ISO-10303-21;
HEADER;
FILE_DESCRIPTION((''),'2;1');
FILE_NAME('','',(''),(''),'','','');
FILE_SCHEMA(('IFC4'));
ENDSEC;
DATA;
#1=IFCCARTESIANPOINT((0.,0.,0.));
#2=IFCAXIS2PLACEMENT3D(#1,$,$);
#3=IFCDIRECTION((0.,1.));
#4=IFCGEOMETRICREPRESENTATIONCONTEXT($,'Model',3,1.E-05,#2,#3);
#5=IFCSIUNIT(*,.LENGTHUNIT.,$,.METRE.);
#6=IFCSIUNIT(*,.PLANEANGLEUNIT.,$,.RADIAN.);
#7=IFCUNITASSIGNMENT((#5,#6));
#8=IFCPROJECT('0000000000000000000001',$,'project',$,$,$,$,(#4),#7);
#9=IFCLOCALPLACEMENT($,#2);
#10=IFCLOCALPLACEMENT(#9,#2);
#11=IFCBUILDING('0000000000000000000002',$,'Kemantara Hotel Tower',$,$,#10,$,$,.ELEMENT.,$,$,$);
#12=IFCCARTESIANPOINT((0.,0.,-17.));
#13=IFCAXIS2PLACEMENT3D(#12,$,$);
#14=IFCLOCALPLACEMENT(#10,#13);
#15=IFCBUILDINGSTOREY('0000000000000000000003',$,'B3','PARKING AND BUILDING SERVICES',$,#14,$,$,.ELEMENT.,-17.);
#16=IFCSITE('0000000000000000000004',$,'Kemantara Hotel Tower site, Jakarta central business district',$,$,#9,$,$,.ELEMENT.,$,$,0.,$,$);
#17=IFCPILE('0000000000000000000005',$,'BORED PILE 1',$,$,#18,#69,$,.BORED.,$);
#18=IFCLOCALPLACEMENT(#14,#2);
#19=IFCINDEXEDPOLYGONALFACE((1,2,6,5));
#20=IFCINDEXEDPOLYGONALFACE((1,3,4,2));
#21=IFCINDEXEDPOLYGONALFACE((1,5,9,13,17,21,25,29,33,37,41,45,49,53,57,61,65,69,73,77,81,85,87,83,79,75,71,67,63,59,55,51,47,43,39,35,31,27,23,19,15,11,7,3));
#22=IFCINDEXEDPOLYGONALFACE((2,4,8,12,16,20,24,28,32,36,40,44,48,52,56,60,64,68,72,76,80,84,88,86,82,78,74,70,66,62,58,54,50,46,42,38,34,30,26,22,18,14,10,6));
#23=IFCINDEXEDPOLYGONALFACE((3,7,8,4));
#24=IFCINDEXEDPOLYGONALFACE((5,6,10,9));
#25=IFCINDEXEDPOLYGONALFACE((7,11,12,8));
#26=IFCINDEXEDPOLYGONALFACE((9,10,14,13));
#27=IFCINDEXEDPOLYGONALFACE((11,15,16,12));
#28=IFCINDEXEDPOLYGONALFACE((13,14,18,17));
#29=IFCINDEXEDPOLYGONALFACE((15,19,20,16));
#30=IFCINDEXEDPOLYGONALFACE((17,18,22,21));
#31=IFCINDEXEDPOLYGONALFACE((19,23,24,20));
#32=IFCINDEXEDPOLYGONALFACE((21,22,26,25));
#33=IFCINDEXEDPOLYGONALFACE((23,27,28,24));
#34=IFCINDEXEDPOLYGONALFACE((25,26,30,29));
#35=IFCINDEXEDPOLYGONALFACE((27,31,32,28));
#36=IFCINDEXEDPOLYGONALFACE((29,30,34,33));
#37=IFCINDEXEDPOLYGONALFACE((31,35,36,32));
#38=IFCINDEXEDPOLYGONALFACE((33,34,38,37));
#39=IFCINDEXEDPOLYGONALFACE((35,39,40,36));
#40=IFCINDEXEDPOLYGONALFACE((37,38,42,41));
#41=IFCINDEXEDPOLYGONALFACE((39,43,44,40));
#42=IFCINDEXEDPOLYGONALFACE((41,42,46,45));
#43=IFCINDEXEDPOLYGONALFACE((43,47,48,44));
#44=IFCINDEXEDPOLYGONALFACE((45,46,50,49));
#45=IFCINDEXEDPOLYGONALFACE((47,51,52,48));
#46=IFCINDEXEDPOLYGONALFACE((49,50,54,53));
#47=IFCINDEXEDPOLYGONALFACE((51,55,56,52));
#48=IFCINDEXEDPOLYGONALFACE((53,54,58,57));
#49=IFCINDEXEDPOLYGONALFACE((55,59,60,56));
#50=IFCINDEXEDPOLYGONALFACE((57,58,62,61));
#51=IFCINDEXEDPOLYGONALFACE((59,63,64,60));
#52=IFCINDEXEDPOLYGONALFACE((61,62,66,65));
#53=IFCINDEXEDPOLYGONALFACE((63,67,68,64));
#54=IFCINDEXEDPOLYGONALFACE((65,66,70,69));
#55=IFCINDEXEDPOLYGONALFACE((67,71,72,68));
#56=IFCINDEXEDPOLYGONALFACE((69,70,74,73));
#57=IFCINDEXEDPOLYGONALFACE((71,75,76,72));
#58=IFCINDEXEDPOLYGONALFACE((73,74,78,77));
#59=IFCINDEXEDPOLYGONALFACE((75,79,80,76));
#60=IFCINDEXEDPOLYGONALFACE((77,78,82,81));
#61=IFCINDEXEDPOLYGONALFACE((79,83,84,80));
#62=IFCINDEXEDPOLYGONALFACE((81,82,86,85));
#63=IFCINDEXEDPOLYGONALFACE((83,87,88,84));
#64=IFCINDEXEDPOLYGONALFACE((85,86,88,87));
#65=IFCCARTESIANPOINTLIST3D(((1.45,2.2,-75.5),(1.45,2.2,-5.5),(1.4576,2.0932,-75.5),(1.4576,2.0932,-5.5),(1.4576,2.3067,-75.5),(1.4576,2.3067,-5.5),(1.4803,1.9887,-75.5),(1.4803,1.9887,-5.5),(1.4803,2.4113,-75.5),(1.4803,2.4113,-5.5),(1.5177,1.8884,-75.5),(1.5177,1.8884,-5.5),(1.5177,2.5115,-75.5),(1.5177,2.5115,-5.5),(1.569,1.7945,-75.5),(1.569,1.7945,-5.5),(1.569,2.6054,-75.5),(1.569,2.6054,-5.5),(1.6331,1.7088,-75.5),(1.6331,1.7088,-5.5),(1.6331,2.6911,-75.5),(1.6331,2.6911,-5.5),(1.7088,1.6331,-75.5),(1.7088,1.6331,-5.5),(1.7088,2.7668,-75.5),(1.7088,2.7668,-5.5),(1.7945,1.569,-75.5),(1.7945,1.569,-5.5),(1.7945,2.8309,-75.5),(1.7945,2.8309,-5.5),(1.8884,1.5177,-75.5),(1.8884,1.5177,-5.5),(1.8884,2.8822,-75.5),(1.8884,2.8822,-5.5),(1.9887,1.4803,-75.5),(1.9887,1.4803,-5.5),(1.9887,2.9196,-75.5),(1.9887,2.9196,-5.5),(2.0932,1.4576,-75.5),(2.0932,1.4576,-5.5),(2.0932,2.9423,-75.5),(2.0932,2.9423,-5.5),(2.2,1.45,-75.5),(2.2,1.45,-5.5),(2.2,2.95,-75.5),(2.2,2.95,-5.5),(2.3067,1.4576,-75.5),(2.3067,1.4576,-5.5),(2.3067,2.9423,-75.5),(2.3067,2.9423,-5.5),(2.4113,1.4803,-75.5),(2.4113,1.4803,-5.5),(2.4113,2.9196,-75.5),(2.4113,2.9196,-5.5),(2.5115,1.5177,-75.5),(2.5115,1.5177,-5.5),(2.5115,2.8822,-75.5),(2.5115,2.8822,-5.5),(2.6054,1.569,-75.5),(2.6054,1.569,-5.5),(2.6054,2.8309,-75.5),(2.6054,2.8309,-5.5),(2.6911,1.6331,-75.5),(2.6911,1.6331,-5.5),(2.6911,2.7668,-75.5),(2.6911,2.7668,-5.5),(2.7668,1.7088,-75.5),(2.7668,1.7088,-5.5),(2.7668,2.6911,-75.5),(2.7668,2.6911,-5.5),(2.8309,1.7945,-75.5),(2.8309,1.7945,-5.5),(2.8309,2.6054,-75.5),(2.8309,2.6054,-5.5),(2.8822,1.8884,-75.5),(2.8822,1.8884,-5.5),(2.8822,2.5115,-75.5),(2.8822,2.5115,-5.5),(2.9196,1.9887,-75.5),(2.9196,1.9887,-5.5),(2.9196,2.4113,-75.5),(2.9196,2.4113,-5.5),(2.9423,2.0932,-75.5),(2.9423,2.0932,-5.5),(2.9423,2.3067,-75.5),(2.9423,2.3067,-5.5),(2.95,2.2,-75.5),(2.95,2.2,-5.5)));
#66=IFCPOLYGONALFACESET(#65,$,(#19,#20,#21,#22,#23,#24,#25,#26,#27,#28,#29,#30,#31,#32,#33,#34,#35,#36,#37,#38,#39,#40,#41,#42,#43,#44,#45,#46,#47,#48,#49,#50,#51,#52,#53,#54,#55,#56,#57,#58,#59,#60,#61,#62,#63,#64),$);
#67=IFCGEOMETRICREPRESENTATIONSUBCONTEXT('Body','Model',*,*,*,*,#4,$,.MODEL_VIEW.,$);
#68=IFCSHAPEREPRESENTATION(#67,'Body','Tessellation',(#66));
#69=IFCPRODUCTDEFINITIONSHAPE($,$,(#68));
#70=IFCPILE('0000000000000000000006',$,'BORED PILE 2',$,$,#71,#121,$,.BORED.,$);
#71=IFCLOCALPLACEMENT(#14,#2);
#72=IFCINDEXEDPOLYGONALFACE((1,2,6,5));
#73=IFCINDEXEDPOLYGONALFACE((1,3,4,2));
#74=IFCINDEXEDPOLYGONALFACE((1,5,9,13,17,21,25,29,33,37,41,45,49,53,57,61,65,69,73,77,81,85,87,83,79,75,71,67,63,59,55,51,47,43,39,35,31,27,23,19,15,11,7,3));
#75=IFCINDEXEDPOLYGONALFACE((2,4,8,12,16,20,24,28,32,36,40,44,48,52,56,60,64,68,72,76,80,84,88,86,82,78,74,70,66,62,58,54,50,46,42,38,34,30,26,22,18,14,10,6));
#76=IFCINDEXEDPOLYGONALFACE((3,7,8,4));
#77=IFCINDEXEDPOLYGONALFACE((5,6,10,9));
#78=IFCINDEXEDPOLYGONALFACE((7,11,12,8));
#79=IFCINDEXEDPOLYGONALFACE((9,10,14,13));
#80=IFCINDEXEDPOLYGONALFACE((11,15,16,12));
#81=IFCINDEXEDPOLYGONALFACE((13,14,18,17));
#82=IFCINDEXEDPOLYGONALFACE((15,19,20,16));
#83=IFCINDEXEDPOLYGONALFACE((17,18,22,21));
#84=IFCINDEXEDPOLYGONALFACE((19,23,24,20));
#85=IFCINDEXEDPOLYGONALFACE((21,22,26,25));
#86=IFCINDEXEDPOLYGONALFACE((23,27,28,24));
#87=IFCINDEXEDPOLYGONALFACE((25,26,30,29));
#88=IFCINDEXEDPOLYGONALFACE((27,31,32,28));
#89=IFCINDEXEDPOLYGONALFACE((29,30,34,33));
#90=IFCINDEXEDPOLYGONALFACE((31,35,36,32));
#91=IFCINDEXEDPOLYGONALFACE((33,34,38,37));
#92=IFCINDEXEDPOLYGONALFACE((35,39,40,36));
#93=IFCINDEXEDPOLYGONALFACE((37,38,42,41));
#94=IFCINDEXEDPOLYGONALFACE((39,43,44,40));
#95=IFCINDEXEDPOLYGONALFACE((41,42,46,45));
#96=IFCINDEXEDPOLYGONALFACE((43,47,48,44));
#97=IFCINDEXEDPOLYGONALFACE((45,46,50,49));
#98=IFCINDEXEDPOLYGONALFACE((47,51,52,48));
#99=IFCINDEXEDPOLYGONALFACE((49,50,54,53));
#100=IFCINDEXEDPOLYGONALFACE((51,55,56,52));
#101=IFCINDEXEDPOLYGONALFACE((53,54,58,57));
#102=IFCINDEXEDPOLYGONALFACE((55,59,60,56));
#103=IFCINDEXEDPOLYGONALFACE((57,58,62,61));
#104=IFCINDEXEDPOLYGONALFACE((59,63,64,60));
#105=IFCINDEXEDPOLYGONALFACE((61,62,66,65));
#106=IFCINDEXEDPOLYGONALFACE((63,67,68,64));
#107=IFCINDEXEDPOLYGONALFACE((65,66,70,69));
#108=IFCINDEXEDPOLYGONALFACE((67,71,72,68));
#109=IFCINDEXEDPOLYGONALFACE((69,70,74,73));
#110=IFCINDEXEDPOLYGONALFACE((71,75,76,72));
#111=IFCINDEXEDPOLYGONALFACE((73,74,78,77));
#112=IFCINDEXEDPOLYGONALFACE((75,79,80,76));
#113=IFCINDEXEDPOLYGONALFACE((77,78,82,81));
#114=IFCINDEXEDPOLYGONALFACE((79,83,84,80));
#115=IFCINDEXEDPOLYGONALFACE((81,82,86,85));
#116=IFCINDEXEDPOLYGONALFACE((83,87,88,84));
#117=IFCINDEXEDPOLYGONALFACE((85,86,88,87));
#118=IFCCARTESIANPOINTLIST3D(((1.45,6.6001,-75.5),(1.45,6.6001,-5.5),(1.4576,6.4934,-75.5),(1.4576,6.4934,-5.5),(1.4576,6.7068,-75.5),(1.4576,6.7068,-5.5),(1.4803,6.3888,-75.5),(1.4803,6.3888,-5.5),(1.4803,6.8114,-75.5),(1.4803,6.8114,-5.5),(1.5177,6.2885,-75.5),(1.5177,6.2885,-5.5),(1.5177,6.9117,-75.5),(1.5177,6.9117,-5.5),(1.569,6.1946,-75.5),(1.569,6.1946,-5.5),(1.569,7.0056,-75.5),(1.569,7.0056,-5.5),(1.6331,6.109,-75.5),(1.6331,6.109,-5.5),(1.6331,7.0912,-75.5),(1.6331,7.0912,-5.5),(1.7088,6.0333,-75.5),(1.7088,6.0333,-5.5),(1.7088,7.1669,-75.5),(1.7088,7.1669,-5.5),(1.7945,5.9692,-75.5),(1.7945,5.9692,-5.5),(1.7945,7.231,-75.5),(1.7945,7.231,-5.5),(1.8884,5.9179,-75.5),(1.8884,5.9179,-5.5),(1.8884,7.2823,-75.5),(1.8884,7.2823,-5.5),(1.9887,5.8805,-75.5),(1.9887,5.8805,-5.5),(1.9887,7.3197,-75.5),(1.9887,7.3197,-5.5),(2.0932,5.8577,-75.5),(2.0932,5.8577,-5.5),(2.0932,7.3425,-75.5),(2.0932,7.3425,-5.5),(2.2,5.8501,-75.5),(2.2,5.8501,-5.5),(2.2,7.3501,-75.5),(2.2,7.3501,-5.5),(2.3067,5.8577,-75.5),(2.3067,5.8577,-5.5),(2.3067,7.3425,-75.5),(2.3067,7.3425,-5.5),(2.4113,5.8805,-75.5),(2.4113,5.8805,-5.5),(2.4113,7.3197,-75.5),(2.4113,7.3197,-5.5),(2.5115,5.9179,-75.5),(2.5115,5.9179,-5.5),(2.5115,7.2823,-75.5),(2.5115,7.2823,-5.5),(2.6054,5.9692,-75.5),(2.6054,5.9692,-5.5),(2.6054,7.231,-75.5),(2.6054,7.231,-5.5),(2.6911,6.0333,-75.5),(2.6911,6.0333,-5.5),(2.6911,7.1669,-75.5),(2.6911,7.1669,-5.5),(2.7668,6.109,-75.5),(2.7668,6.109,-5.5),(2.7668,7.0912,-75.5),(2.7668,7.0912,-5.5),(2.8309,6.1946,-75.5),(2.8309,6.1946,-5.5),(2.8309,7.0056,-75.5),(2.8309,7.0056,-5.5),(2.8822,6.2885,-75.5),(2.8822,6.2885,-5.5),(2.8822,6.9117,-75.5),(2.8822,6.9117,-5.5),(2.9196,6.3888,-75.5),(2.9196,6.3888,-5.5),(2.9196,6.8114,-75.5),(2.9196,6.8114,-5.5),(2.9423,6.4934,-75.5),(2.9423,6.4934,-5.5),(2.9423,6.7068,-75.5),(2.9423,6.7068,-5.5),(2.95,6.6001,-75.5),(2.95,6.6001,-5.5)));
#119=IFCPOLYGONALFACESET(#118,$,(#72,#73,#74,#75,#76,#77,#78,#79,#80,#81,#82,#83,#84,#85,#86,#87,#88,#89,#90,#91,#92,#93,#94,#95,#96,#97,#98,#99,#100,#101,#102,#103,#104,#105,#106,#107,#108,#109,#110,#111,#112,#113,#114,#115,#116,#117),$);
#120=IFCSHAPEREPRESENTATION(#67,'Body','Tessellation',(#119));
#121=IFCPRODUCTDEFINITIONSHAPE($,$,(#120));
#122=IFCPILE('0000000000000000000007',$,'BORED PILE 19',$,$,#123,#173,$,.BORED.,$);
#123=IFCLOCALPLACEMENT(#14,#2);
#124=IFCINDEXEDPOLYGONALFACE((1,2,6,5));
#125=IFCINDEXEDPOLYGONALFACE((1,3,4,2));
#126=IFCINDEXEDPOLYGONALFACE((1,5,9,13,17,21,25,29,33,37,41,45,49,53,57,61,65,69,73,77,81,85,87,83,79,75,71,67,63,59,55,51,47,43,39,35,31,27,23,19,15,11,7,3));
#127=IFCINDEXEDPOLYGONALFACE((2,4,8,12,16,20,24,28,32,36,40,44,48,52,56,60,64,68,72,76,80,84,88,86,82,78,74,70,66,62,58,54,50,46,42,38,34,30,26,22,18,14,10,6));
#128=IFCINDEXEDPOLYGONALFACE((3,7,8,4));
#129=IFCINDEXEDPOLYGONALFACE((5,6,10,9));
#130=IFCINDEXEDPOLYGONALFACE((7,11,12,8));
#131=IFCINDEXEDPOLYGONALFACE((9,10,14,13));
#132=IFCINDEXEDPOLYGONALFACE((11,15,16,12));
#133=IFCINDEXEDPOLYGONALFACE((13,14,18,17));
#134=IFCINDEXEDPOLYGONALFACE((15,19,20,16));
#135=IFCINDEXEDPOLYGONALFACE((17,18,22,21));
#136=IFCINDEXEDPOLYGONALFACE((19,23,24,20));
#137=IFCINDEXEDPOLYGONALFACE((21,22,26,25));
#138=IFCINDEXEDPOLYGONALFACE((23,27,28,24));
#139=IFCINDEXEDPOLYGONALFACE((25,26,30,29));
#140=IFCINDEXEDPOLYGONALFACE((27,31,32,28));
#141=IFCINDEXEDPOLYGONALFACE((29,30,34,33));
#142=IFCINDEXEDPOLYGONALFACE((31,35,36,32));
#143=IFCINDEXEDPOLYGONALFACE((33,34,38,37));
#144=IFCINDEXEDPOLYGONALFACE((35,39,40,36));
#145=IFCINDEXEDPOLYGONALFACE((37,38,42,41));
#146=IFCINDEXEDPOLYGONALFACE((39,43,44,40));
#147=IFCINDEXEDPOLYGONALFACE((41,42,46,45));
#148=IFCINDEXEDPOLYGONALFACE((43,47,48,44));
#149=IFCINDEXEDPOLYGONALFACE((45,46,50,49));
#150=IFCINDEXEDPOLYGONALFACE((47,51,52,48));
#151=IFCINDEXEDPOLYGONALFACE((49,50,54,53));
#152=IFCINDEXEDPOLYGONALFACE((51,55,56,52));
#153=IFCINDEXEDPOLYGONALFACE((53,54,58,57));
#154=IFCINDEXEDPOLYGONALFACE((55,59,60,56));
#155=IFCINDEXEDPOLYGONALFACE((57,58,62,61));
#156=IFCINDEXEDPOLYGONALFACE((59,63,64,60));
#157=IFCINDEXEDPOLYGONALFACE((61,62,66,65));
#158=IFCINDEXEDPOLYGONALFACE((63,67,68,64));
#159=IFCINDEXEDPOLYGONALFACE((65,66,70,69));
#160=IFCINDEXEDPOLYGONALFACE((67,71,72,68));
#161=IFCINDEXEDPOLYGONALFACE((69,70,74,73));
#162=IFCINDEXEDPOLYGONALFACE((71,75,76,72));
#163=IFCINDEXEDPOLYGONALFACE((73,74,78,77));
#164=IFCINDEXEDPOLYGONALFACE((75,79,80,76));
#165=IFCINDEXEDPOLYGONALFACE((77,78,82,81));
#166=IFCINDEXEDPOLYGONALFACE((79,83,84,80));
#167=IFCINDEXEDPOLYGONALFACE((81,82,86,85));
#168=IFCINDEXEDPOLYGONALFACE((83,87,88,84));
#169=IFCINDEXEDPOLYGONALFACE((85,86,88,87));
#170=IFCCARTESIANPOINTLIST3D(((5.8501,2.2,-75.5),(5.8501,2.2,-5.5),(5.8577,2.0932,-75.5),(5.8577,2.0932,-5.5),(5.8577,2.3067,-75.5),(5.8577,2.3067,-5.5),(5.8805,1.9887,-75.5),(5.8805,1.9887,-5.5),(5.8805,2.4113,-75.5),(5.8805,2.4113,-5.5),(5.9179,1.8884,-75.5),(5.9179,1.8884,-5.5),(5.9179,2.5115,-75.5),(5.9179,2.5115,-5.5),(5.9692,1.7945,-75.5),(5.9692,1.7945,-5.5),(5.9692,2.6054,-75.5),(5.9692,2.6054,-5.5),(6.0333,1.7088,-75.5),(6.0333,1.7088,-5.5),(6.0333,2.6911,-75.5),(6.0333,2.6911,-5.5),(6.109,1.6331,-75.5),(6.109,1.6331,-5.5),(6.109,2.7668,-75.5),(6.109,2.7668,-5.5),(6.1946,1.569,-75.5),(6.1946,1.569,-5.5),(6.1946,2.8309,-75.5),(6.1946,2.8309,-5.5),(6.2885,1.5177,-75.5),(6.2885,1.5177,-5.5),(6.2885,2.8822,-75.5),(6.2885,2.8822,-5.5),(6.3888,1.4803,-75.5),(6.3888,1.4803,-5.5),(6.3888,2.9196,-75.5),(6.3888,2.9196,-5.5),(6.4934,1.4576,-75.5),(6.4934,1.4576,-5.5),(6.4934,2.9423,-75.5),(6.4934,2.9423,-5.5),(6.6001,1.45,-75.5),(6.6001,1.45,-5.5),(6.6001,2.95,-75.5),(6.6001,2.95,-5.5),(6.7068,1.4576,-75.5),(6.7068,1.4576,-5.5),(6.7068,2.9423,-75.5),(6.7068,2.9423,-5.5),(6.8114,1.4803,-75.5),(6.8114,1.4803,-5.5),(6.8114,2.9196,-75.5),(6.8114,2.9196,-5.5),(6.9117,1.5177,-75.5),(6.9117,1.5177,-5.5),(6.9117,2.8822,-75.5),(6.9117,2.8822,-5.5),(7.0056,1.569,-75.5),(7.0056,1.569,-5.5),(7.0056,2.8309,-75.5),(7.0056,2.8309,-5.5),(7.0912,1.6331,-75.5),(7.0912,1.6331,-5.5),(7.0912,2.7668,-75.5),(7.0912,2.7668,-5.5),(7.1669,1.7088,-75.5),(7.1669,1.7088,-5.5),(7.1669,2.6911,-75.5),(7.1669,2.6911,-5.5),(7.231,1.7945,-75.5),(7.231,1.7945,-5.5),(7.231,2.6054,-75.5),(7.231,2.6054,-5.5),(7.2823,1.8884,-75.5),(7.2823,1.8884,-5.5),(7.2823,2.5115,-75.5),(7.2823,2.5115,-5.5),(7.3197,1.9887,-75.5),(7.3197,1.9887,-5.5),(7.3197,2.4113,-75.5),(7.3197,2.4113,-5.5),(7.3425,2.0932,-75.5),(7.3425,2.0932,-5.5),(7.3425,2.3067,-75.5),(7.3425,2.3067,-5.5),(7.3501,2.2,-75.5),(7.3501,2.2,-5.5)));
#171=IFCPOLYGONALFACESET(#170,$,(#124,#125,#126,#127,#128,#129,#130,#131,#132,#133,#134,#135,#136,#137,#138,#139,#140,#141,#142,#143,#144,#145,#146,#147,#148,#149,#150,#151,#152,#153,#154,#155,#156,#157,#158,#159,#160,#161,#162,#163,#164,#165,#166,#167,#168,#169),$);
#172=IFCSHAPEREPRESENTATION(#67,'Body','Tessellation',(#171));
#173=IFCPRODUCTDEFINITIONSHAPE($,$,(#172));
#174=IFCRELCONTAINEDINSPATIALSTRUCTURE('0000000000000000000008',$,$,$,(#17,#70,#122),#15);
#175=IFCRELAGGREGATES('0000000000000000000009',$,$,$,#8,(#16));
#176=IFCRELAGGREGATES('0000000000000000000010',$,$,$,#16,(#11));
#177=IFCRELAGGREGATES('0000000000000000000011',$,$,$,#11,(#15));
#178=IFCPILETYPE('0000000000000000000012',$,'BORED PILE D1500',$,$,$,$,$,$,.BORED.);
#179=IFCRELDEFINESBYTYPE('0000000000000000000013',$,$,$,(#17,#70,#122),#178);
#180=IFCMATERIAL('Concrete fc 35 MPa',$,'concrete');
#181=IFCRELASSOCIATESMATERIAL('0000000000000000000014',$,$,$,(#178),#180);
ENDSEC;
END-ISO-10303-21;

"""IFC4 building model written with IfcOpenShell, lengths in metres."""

from ifc_helpers import new_model, si_unit, direction, frame, origin, origin_2d, place, context, subcontext, project, spatial, circle, extrude, material, material_profile, profile_set, type_object, element, save


model = new_model("IFC4")

# Units and contexts
model_context = context("Model", 3, precision=1e-05, world=origin(), true_north=direction((0.0, 1.0)))
body_context = subcontext(model_context, "Body", "Model", "MODEL_VIEW")
ifc_project = project(units=[si_unit("LENGTHUNIT", "METRE"), si_unit("PLANEANGLEUNIT", "RADIAN")], contexts=[model_context])

# Site, building, storey
site_placement = place(None, origin())
site = spatial("IfcSite", under=ifc_project, at=site_placement, Name="Kemantara Hotel Tower site, Jakarta central business district", CompositionType="ELEMENT", RefElevation=0.0)
building_placement = place(site_placement, origin())
building = spatial("IfcBuilding", under=site, at=building_placement, Name="Kemantara Hotel Tower", CompositionType="ELEMENT")
storey_placement = place(building_placement, frame((0.0, 0.0, -17.0)))
storey = spatial("IfcBuildingStorey", under=building, at=storey_placement, Name="B3", Description="PARKING AND BUILDING SERVICES", CompositionType="ELEMENT", Elevation=-17.0)

# Piles
ifc_material_1 = material(Name="Concrete fc 35 MPa", Category="concrete")
ifc_material_profile_1 = material_profile(ifc_material_1, circle(Radius=0.75, at=origin_2d()), Name="BORED PILE D1500")
ifc_profile_set_1 = profile_set([ifc_material_profile_1], Name="Concrete fc 35 MPa")
pile_type = type_object("IfcPileType", Name="BORED PILE D1500", PredefinedType="BORED", material=ifc_profile_set_1)
for number, where, z_axis, x_axis, name in (
    (1, (2.2, 2.2, -5.5), (0.0, 0.0, -1.0), (1.0, 0.0, 0.0), "BORED PILE 1"),
    (2, (2.2, 6.6001, -5.5), (0.0, 0.0, -1.0), (1.0, 0.0, 0.0), "BORED PILE 2"),
    (3, (6.6001, 2.2, -5.5), (0.0, 0.0, -1.0), (1.0, 0.0, 0.0), "BORED PILE 19"),
):
    element("IfcPile", number, at=place(storey_placement, frame(where, z_axis=z_axis, x_axis=x_axis)), inside=storey, type_object=pile_type, Name=name, PredefinedType="BORED", context=body_context, shape_type="SweptSolid", body=[
        extrude(circle(Radius=0.75, at=origin_2d()), origin(), (0.0, 0.0, 1.0), 70.0),
    ])

save(model, "model.ifc")
